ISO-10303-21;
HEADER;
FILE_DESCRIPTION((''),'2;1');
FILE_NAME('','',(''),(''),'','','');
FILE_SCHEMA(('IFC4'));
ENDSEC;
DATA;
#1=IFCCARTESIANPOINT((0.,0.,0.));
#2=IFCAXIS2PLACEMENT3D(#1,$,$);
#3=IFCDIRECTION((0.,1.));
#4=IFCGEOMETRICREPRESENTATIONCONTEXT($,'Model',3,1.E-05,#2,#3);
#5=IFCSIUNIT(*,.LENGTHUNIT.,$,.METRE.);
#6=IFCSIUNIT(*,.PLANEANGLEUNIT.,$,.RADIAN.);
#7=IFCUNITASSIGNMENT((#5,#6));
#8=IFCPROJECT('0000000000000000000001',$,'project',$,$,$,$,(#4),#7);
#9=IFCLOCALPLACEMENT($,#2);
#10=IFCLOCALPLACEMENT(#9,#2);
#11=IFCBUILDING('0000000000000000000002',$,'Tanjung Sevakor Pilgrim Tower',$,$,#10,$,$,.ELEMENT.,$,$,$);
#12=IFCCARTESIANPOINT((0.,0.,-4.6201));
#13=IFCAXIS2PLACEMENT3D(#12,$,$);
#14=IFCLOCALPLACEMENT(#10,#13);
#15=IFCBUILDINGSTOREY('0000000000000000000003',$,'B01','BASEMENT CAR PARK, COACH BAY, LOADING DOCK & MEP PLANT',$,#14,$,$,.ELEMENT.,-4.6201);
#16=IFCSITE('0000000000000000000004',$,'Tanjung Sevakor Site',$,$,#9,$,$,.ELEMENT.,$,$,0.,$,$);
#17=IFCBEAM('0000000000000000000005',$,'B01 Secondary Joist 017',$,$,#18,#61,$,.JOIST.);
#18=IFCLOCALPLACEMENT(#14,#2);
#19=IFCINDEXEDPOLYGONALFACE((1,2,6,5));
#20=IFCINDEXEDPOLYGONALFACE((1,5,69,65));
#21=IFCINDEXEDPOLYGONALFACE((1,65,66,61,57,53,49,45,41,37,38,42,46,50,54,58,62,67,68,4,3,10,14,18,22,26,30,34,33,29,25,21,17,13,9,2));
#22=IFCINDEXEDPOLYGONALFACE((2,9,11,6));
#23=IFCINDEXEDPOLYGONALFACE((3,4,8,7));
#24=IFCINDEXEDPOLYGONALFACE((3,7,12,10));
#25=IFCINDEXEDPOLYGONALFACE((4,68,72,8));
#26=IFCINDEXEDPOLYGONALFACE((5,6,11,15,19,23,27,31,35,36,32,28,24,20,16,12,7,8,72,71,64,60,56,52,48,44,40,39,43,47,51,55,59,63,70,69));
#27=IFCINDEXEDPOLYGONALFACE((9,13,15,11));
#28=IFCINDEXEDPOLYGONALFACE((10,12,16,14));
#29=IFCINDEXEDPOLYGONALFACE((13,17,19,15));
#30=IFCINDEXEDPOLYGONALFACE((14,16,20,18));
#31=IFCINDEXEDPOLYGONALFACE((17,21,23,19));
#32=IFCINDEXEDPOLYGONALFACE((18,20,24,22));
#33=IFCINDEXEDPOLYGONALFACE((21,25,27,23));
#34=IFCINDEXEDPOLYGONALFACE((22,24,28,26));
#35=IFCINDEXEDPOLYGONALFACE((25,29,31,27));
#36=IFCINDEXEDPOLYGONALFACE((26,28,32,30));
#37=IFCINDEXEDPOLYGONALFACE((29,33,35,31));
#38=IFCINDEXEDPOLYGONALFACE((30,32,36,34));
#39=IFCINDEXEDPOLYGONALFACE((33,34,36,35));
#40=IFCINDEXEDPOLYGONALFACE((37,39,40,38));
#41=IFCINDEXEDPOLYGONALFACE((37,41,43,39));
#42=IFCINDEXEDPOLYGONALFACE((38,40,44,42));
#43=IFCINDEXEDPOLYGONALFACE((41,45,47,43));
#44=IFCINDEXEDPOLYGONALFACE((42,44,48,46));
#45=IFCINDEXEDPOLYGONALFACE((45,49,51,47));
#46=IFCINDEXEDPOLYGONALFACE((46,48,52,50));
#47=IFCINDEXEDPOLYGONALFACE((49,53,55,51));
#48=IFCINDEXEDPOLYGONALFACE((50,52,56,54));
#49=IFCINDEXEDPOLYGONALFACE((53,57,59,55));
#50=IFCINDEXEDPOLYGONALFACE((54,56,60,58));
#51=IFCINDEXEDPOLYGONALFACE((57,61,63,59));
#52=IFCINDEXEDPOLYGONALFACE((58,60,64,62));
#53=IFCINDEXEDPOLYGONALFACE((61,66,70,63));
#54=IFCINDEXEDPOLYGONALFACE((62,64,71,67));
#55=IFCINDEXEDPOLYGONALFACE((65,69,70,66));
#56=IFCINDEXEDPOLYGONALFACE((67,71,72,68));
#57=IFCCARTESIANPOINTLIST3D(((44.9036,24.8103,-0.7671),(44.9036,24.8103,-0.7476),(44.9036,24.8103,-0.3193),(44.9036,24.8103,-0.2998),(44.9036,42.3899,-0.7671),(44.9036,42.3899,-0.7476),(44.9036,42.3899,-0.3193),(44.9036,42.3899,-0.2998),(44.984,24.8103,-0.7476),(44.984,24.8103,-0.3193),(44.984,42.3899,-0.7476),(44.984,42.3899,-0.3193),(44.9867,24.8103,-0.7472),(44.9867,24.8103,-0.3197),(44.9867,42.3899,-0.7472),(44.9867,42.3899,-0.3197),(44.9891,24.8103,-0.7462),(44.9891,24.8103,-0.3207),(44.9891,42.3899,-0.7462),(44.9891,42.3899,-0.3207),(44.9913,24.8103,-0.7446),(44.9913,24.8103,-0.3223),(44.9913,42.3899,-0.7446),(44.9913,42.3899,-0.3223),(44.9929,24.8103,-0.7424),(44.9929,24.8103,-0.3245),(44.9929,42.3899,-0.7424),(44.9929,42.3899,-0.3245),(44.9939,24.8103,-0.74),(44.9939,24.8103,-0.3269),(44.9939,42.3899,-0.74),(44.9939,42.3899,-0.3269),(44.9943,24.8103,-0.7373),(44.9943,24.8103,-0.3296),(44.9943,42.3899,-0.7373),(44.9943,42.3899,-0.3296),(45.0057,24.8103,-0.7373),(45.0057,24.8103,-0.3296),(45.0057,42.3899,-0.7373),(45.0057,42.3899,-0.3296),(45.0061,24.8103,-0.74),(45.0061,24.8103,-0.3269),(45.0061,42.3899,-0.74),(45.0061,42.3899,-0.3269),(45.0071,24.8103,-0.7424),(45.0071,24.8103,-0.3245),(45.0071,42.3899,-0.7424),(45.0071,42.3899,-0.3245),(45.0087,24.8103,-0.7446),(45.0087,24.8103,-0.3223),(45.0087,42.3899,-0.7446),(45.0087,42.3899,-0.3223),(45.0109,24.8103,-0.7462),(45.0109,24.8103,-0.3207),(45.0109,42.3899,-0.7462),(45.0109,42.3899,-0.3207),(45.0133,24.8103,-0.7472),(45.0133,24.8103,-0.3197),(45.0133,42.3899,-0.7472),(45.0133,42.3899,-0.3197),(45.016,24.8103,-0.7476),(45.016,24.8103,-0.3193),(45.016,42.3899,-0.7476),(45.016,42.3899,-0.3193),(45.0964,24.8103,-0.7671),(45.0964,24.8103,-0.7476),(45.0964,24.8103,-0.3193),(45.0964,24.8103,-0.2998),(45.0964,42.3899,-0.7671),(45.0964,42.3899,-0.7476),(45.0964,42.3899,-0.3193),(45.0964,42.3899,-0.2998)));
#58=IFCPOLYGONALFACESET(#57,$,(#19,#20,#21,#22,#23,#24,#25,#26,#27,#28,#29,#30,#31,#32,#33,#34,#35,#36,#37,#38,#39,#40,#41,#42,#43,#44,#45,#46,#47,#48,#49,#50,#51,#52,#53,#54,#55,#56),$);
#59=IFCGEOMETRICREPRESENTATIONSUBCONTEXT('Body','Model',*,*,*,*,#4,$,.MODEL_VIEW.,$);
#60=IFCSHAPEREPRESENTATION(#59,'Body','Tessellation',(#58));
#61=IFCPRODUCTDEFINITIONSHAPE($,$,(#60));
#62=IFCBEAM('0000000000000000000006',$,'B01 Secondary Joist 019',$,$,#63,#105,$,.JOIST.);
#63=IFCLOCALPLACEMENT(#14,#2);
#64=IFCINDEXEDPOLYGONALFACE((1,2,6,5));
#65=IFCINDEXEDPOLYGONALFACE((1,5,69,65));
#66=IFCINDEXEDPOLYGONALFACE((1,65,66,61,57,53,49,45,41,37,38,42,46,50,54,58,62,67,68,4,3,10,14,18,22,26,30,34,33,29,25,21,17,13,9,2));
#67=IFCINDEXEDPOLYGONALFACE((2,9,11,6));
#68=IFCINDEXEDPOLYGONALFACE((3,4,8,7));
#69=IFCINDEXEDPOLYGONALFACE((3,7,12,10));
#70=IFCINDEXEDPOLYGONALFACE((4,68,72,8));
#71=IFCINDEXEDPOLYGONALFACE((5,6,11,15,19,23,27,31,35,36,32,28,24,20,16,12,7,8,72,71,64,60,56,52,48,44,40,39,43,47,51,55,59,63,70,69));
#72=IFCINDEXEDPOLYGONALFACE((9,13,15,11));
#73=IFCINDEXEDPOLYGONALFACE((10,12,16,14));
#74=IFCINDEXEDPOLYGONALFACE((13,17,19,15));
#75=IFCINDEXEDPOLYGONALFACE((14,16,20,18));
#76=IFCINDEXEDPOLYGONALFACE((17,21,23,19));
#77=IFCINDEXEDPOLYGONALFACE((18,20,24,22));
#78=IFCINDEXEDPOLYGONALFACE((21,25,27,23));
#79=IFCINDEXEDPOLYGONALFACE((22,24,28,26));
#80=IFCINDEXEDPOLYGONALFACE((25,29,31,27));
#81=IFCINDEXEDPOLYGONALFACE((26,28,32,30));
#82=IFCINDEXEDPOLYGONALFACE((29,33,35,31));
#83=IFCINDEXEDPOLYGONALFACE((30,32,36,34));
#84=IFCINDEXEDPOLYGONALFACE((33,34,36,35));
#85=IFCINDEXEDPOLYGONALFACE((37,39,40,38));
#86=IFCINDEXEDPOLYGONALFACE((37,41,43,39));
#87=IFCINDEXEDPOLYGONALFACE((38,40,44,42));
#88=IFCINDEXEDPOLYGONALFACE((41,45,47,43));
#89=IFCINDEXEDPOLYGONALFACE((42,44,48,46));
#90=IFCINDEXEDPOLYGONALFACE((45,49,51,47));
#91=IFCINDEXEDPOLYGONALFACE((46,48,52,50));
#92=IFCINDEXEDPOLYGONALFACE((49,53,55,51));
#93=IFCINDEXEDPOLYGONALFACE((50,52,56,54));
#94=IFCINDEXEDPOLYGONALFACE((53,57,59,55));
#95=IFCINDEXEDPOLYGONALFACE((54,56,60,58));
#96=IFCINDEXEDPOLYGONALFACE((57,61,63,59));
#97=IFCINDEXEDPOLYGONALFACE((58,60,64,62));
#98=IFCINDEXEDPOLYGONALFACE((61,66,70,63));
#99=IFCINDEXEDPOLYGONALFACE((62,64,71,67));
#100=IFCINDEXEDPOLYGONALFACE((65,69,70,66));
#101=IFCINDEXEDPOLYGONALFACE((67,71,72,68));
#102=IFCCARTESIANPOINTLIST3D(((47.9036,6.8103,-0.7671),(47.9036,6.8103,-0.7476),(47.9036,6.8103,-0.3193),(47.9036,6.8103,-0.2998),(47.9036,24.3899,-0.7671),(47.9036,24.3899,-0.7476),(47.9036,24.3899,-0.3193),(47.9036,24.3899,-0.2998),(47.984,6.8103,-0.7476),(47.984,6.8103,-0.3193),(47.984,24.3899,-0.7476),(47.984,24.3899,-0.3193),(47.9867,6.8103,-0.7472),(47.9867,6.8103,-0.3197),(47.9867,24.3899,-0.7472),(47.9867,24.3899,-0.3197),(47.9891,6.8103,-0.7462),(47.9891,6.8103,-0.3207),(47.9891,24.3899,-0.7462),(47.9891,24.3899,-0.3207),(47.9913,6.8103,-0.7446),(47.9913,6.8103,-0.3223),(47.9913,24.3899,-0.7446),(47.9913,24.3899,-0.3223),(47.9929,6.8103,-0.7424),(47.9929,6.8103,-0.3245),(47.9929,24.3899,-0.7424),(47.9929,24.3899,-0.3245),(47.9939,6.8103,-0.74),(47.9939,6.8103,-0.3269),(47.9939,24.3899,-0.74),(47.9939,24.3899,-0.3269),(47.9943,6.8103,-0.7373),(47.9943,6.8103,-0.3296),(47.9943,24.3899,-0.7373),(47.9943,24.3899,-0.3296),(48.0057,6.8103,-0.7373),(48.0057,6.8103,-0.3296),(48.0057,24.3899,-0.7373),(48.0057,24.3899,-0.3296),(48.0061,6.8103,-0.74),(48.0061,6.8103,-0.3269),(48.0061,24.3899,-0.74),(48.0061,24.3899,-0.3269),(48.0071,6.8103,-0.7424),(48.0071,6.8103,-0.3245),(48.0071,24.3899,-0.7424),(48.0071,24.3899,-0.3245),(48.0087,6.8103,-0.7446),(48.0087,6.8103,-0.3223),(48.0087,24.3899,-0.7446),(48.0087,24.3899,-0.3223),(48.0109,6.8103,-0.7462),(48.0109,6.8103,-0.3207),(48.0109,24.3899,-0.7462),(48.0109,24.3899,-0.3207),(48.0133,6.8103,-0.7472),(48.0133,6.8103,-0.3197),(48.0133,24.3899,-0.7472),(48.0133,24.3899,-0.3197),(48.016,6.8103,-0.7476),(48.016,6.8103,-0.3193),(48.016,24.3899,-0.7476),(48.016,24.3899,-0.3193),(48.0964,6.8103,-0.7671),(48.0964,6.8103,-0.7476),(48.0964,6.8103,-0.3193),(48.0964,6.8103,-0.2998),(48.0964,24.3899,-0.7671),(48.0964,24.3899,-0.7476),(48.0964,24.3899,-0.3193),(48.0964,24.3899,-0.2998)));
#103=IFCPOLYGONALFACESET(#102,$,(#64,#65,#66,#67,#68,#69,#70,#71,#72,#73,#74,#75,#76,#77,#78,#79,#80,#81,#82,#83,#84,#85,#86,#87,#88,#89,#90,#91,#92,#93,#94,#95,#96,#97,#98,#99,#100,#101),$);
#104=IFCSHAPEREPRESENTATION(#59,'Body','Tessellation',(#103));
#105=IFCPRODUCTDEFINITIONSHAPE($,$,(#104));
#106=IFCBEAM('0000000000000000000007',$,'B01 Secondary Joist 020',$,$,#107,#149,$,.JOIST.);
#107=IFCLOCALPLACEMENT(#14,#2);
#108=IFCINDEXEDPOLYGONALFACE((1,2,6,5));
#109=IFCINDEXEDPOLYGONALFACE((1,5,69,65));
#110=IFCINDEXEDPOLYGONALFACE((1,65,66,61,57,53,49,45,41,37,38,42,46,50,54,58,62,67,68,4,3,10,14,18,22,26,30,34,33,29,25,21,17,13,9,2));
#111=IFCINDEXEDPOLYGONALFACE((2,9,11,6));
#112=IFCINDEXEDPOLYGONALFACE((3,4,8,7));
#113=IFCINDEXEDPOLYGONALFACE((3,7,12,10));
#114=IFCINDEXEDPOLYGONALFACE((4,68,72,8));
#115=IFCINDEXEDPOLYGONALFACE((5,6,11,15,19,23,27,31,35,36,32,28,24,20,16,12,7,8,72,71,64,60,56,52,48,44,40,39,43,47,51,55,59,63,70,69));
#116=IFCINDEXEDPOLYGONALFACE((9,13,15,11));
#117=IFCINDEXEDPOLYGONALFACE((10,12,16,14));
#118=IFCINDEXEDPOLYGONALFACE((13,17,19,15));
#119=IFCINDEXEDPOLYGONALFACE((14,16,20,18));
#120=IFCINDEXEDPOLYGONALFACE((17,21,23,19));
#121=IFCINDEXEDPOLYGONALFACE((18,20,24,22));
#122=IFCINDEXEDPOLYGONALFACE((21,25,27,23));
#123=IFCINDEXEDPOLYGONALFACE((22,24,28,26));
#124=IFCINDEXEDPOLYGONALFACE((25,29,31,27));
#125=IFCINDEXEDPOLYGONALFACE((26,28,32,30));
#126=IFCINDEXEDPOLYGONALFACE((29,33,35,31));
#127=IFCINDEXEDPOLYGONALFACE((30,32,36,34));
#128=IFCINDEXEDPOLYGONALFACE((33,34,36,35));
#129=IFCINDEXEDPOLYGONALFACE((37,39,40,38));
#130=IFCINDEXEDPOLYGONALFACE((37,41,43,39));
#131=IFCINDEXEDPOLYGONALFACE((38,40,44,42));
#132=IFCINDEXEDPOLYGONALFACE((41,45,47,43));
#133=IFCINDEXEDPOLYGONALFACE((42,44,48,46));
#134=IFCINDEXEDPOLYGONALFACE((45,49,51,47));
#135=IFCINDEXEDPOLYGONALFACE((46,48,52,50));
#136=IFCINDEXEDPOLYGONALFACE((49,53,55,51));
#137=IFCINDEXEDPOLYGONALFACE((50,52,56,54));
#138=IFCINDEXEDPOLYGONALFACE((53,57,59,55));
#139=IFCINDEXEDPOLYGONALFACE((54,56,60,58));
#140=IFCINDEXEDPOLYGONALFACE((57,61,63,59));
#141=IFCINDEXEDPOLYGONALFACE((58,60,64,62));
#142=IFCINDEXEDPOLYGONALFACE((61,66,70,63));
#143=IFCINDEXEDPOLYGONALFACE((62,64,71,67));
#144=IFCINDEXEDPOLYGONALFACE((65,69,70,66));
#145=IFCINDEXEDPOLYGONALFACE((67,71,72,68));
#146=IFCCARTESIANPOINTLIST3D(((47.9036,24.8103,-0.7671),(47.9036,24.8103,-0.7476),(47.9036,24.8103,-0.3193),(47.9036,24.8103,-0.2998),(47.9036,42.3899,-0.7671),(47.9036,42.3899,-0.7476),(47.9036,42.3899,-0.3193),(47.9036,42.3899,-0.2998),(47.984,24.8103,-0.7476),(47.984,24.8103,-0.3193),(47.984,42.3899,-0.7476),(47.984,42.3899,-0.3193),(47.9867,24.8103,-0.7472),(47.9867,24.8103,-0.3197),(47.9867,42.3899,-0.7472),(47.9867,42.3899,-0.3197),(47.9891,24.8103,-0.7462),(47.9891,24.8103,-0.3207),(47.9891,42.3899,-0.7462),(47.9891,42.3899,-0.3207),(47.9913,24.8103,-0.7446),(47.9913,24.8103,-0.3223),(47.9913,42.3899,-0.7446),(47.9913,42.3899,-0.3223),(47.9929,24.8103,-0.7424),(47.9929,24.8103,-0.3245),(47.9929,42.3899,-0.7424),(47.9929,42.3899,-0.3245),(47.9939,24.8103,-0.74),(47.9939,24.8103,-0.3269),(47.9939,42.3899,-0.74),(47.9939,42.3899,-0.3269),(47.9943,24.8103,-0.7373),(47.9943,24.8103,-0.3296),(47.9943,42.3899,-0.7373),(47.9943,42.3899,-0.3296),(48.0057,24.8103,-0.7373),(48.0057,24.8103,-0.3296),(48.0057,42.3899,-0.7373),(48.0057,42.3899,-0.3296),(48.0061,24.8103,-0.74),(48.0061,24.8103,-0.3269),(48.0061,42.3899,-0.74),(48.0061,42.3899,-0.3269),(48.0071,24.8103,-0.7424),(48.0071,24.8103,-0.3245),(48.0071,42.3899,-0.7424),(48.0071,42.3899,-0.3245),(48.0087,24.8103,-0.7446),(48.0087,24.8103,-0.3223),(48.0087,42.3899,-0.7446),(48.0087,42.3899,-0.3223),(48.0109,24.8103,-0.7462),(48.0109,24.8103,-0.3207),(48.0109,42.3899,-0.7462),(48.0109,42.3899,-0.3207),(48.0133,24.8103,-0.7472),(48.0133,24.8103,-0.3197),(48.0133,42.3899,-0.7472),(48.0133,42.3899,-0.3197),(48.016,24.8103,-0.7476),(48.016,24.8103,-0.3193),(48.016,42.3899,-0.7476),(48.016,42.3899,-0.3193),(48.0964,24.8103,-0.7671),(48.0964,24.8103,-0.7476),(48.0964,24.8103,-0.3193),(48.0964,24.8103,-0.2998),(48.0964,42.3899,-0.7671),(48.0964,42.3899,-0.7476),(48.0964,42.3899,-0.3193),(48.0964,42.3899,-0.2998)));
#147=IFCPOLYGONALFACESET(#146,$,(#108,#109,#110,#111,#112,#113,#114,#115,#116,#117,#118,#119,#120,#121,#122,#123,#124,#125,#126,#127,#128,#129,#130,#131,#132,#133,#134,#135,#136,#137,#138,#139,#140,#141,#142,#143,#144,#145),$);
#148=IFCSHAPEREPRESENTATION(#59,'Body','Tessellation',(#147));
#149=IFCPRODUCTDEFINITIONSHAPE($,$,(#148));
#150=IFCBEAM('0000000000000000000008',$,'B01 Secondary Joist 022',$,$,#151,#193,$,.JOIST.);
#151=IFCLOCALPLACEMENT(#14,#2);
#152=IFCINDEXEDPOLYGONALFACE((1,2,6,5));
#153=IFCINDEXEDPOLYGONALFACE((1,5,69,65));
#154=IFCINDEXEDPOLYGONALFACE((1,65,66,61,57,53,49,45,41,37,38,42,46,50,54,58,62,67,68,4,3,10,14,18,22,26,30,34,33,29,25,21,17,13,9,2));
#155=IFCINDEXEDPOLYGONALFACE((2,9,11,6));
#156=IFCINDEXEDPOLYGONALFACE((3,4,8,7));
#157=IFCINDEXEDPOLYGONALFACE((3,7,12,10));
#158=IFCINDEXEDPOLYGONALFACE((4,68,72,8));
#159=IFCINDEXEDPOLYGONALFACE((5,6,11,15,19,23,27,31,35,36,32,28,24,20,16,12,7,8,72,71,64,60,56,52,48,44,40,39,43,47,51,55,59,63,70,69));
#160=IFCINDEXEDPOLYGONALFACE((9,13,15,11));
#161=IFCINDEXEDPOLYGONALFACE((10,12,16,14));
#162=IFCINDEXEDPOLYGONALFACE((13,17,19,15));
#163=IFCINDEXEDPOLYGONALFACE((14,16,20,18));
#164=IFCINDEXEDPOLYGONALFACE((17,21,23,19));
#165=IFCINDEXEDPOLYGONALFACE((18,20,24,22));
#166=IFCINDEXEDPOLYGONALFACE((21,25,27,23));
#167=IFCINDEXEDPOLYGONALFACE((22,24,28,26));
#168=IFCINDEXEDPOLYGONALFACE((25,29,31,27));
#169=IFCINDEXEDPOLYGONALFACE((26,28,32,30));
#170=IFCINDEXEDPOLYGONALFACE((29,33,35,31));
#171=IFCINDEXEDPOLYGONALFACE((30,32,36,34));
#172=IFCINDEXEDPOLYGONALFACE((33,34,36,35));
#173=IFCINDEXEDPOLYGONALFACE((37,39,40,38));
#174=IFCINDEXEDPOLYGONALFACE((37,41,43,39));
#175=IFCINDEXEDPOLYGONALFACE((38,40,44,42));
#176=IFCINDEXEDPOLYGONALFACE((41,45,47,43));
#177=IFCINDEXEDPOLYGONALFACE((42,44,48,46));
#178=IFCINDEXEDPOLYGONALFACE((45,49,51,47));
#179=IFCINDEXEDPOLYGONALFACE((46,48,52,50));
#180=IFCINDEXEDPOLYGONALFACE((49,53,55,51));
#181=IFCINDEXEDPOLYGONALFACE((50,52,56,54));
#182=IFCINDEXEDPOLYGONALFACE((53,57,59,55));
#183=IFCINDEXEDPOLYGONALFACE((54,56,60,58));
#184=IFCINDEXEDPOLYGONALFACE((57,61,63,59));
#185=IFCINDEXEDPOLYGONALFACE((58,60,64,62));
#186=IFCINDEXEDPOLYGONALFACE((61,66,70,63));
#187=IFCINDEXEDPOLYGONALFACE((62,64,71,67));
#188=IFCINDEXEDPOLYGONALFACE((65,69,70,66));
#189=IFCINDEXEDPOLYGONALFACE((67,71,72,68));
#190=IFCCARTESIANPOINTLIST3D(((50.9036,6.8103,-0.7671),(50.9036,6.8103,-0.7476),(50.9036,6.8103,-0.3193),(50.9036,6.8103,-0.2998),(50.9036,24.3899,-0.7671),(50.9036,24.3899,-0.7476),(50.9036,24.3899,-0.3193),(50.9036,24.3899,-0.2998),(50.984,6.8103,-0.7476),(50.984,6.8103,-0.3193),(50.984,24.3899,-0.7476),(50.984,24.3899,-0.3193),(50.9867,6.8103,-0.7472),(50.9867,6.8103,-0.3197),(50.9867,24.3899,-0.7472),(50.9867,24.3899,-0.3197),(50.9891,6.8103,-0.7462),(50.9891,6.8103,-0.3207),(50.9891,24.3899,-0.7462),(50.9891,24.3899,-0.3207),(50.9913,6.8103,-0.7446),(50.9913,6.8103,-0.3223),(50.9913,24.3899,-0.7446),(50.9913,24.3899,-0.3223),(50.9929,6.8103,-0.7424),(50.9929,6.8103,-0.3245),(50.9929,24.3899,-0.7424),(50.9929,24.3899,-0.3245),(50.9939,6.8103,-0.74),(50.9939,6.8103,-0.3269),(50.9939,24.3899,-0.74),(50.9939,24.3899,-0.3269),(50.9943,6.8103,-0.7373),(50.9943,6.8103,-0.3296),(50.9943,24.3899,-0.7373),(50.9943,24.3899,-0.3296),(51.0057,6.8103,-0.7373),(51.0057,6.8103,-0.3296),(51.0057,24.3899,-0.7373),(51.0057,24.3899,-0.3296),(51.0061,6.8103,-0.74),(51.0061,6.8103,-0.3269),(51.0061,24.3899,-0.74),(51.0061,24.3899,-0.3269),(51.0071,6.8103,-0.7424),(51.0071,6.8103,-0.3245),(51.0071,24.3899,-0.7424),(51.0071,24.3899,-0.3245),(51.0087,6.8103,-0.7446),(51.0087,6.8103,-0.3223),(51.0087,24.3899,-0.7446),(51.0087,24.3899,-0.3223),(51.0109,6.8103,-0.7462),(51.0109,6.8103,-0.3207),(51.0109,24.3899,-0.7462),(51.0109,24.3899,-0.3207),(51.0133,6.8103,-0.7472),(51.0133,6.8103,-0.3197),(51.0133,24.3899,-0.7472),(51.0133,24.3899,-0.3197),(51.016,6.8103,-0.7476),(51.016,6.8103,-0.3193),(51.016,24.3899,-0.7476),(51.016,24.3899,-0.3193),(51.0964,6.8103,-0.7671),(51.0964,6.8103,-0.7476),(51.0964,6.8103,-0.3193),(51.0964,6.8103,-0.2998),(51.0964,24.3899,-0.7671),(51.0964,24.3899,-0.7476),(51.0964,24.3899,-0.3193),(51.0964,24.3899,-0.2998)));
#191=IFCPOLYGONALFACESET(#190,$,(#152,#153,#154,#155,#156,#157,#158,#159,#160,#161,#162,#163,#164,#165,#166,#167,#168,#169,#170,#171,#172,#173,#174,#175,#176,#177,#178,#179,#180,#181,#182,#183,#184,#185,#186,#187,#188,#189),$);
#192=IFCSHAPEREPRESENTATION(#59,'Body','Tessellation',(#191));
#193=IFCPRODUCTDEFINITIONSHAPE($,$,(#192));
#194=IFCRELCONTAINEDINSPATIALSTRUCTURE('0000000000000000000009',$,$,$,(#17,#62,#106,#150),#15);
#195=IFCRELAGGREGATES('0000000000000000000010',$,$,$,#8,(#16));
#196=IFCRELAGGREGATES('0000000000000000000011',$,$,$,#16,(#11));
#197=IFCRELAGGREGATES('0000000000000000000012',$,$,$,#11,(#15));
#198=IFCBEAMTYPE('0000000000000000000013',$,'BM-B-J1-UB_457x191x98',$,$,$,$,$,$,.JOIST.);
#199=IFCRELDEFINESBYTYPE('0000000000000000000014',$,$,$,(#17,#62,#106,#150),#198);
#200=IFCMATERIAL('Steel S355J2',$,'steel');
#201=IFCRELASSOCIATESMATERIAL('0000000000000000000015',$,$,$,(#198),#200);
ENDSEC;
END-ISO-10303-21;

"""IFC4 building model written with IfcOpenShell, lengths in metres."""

from ifc_helpers import new_model, si_unit, direction, frame, origin, origin_2d, place, context, subcontext, project, spatial, i_section, extrude, material, material_profile, profile_set, type_object, element, save


model = new_model("IFC4")

# Units and contexts
model_context = context("Model", 3, precision=1e-05, world=origin(), true_north=direction((0.0, 1.0)))
body_context = subcontext(model_context, "Body", "Model", "MODEL_VIEW")
ifc_project = project(units=[si_unit("LENGTHUNIT", "METRE"), si_unit("PLANEANGLEUNIT", "RADIAN")], contexts=[model_context])

# Site, building, storey
site_placement = place(None, origin())
site = spatial("IfcSite", under=ifc_project, at=site_placement, Name="Tanjung Sevakor Site", CompositionType="ELEMENT", RefElevation=0.0)
building_placement = place(site_placement, origin())
building = spatial("IfcBuilding", under=site, at=building_placement, Name="Tanjung Sevakor Pilgrim Tower", CompositionType="ELEMENT")
storey_placement = place(building_placement, frame((0.0, 0.0, -4.6201)))
storey = spatial("IfcBuildingStorey", under=building, at=storey_placement, Name="B01", Description="BASEMENT CAR PARK, COACH BAY, LOADING DOCK & MEP PLANT", CompositionType="ELEMENT", Elevation=-4.6201)

# Beams
ifc_material_1 = material(Name="Steel S355J2", Category="steel")
ifc_material_profile_1 = material_profile(ifc_material_1, i_section(OverallWidth=0.1929, OverallDepth=0.4673, WebThickness=0.0115, FlangeThickness=0.0195, FilletRadius=0.0103, at=origin_2d()))
ifc_profile_set_1 = profile_set([ifc_material_profile_1], Name="Steel S355J2")
beam_type_1 = type_object("IfcBeamType", Name="BM-B-J1-UB_457x191x98", PredefinedType="JOIST", material=ifc_profile_set_1)
for number, where, z_axis, x_axis, name in (
    (1, (45.0, 24.8103, -0.5334), (0.0, 1.0, 0.0), (-1.0, 0.0, 0.0), "B01 Secondary Joist 017"),
    (2, (48.0, 6.8103, -0.5334), (0.0, 1.0, 0.0), (-1.0, 0.0, 0.0), "B01 Secondary Joist 019"),
    (3, (48.0, 24.8103, -0.5334), (0.0, 1.0, 0.0), (-1.0, 0.0, 0.0), "B01 Secondary Joist 020"),
    (4, (51.0, 6.8103, -0.5334), (0.0, 1.0, 0.0), (-1.0, 0.0, 0.0), "B01 Secondary Joist 022"),
):
    element("IfcBeam", number, at=place(storey_placement, frame(where, z_axis=z_axis, x_axis=x_axis)), inside=storey, type_object=beam_type_1, Name=name, PredefinedType="JOIST", context=body_context, shape_type="SweptSolid", body=[
        extrude(i_section(OverallWidth=0.1929, OverallDepth=0.4673, WebThickness=0.0115, FlangeThickness=0.0195, FilletRadius=0.0103, at=origin_2d()), origin(), (0.0, 0.0, 1.0), 17.5796),
    ])

save(model, "model.ifc")
